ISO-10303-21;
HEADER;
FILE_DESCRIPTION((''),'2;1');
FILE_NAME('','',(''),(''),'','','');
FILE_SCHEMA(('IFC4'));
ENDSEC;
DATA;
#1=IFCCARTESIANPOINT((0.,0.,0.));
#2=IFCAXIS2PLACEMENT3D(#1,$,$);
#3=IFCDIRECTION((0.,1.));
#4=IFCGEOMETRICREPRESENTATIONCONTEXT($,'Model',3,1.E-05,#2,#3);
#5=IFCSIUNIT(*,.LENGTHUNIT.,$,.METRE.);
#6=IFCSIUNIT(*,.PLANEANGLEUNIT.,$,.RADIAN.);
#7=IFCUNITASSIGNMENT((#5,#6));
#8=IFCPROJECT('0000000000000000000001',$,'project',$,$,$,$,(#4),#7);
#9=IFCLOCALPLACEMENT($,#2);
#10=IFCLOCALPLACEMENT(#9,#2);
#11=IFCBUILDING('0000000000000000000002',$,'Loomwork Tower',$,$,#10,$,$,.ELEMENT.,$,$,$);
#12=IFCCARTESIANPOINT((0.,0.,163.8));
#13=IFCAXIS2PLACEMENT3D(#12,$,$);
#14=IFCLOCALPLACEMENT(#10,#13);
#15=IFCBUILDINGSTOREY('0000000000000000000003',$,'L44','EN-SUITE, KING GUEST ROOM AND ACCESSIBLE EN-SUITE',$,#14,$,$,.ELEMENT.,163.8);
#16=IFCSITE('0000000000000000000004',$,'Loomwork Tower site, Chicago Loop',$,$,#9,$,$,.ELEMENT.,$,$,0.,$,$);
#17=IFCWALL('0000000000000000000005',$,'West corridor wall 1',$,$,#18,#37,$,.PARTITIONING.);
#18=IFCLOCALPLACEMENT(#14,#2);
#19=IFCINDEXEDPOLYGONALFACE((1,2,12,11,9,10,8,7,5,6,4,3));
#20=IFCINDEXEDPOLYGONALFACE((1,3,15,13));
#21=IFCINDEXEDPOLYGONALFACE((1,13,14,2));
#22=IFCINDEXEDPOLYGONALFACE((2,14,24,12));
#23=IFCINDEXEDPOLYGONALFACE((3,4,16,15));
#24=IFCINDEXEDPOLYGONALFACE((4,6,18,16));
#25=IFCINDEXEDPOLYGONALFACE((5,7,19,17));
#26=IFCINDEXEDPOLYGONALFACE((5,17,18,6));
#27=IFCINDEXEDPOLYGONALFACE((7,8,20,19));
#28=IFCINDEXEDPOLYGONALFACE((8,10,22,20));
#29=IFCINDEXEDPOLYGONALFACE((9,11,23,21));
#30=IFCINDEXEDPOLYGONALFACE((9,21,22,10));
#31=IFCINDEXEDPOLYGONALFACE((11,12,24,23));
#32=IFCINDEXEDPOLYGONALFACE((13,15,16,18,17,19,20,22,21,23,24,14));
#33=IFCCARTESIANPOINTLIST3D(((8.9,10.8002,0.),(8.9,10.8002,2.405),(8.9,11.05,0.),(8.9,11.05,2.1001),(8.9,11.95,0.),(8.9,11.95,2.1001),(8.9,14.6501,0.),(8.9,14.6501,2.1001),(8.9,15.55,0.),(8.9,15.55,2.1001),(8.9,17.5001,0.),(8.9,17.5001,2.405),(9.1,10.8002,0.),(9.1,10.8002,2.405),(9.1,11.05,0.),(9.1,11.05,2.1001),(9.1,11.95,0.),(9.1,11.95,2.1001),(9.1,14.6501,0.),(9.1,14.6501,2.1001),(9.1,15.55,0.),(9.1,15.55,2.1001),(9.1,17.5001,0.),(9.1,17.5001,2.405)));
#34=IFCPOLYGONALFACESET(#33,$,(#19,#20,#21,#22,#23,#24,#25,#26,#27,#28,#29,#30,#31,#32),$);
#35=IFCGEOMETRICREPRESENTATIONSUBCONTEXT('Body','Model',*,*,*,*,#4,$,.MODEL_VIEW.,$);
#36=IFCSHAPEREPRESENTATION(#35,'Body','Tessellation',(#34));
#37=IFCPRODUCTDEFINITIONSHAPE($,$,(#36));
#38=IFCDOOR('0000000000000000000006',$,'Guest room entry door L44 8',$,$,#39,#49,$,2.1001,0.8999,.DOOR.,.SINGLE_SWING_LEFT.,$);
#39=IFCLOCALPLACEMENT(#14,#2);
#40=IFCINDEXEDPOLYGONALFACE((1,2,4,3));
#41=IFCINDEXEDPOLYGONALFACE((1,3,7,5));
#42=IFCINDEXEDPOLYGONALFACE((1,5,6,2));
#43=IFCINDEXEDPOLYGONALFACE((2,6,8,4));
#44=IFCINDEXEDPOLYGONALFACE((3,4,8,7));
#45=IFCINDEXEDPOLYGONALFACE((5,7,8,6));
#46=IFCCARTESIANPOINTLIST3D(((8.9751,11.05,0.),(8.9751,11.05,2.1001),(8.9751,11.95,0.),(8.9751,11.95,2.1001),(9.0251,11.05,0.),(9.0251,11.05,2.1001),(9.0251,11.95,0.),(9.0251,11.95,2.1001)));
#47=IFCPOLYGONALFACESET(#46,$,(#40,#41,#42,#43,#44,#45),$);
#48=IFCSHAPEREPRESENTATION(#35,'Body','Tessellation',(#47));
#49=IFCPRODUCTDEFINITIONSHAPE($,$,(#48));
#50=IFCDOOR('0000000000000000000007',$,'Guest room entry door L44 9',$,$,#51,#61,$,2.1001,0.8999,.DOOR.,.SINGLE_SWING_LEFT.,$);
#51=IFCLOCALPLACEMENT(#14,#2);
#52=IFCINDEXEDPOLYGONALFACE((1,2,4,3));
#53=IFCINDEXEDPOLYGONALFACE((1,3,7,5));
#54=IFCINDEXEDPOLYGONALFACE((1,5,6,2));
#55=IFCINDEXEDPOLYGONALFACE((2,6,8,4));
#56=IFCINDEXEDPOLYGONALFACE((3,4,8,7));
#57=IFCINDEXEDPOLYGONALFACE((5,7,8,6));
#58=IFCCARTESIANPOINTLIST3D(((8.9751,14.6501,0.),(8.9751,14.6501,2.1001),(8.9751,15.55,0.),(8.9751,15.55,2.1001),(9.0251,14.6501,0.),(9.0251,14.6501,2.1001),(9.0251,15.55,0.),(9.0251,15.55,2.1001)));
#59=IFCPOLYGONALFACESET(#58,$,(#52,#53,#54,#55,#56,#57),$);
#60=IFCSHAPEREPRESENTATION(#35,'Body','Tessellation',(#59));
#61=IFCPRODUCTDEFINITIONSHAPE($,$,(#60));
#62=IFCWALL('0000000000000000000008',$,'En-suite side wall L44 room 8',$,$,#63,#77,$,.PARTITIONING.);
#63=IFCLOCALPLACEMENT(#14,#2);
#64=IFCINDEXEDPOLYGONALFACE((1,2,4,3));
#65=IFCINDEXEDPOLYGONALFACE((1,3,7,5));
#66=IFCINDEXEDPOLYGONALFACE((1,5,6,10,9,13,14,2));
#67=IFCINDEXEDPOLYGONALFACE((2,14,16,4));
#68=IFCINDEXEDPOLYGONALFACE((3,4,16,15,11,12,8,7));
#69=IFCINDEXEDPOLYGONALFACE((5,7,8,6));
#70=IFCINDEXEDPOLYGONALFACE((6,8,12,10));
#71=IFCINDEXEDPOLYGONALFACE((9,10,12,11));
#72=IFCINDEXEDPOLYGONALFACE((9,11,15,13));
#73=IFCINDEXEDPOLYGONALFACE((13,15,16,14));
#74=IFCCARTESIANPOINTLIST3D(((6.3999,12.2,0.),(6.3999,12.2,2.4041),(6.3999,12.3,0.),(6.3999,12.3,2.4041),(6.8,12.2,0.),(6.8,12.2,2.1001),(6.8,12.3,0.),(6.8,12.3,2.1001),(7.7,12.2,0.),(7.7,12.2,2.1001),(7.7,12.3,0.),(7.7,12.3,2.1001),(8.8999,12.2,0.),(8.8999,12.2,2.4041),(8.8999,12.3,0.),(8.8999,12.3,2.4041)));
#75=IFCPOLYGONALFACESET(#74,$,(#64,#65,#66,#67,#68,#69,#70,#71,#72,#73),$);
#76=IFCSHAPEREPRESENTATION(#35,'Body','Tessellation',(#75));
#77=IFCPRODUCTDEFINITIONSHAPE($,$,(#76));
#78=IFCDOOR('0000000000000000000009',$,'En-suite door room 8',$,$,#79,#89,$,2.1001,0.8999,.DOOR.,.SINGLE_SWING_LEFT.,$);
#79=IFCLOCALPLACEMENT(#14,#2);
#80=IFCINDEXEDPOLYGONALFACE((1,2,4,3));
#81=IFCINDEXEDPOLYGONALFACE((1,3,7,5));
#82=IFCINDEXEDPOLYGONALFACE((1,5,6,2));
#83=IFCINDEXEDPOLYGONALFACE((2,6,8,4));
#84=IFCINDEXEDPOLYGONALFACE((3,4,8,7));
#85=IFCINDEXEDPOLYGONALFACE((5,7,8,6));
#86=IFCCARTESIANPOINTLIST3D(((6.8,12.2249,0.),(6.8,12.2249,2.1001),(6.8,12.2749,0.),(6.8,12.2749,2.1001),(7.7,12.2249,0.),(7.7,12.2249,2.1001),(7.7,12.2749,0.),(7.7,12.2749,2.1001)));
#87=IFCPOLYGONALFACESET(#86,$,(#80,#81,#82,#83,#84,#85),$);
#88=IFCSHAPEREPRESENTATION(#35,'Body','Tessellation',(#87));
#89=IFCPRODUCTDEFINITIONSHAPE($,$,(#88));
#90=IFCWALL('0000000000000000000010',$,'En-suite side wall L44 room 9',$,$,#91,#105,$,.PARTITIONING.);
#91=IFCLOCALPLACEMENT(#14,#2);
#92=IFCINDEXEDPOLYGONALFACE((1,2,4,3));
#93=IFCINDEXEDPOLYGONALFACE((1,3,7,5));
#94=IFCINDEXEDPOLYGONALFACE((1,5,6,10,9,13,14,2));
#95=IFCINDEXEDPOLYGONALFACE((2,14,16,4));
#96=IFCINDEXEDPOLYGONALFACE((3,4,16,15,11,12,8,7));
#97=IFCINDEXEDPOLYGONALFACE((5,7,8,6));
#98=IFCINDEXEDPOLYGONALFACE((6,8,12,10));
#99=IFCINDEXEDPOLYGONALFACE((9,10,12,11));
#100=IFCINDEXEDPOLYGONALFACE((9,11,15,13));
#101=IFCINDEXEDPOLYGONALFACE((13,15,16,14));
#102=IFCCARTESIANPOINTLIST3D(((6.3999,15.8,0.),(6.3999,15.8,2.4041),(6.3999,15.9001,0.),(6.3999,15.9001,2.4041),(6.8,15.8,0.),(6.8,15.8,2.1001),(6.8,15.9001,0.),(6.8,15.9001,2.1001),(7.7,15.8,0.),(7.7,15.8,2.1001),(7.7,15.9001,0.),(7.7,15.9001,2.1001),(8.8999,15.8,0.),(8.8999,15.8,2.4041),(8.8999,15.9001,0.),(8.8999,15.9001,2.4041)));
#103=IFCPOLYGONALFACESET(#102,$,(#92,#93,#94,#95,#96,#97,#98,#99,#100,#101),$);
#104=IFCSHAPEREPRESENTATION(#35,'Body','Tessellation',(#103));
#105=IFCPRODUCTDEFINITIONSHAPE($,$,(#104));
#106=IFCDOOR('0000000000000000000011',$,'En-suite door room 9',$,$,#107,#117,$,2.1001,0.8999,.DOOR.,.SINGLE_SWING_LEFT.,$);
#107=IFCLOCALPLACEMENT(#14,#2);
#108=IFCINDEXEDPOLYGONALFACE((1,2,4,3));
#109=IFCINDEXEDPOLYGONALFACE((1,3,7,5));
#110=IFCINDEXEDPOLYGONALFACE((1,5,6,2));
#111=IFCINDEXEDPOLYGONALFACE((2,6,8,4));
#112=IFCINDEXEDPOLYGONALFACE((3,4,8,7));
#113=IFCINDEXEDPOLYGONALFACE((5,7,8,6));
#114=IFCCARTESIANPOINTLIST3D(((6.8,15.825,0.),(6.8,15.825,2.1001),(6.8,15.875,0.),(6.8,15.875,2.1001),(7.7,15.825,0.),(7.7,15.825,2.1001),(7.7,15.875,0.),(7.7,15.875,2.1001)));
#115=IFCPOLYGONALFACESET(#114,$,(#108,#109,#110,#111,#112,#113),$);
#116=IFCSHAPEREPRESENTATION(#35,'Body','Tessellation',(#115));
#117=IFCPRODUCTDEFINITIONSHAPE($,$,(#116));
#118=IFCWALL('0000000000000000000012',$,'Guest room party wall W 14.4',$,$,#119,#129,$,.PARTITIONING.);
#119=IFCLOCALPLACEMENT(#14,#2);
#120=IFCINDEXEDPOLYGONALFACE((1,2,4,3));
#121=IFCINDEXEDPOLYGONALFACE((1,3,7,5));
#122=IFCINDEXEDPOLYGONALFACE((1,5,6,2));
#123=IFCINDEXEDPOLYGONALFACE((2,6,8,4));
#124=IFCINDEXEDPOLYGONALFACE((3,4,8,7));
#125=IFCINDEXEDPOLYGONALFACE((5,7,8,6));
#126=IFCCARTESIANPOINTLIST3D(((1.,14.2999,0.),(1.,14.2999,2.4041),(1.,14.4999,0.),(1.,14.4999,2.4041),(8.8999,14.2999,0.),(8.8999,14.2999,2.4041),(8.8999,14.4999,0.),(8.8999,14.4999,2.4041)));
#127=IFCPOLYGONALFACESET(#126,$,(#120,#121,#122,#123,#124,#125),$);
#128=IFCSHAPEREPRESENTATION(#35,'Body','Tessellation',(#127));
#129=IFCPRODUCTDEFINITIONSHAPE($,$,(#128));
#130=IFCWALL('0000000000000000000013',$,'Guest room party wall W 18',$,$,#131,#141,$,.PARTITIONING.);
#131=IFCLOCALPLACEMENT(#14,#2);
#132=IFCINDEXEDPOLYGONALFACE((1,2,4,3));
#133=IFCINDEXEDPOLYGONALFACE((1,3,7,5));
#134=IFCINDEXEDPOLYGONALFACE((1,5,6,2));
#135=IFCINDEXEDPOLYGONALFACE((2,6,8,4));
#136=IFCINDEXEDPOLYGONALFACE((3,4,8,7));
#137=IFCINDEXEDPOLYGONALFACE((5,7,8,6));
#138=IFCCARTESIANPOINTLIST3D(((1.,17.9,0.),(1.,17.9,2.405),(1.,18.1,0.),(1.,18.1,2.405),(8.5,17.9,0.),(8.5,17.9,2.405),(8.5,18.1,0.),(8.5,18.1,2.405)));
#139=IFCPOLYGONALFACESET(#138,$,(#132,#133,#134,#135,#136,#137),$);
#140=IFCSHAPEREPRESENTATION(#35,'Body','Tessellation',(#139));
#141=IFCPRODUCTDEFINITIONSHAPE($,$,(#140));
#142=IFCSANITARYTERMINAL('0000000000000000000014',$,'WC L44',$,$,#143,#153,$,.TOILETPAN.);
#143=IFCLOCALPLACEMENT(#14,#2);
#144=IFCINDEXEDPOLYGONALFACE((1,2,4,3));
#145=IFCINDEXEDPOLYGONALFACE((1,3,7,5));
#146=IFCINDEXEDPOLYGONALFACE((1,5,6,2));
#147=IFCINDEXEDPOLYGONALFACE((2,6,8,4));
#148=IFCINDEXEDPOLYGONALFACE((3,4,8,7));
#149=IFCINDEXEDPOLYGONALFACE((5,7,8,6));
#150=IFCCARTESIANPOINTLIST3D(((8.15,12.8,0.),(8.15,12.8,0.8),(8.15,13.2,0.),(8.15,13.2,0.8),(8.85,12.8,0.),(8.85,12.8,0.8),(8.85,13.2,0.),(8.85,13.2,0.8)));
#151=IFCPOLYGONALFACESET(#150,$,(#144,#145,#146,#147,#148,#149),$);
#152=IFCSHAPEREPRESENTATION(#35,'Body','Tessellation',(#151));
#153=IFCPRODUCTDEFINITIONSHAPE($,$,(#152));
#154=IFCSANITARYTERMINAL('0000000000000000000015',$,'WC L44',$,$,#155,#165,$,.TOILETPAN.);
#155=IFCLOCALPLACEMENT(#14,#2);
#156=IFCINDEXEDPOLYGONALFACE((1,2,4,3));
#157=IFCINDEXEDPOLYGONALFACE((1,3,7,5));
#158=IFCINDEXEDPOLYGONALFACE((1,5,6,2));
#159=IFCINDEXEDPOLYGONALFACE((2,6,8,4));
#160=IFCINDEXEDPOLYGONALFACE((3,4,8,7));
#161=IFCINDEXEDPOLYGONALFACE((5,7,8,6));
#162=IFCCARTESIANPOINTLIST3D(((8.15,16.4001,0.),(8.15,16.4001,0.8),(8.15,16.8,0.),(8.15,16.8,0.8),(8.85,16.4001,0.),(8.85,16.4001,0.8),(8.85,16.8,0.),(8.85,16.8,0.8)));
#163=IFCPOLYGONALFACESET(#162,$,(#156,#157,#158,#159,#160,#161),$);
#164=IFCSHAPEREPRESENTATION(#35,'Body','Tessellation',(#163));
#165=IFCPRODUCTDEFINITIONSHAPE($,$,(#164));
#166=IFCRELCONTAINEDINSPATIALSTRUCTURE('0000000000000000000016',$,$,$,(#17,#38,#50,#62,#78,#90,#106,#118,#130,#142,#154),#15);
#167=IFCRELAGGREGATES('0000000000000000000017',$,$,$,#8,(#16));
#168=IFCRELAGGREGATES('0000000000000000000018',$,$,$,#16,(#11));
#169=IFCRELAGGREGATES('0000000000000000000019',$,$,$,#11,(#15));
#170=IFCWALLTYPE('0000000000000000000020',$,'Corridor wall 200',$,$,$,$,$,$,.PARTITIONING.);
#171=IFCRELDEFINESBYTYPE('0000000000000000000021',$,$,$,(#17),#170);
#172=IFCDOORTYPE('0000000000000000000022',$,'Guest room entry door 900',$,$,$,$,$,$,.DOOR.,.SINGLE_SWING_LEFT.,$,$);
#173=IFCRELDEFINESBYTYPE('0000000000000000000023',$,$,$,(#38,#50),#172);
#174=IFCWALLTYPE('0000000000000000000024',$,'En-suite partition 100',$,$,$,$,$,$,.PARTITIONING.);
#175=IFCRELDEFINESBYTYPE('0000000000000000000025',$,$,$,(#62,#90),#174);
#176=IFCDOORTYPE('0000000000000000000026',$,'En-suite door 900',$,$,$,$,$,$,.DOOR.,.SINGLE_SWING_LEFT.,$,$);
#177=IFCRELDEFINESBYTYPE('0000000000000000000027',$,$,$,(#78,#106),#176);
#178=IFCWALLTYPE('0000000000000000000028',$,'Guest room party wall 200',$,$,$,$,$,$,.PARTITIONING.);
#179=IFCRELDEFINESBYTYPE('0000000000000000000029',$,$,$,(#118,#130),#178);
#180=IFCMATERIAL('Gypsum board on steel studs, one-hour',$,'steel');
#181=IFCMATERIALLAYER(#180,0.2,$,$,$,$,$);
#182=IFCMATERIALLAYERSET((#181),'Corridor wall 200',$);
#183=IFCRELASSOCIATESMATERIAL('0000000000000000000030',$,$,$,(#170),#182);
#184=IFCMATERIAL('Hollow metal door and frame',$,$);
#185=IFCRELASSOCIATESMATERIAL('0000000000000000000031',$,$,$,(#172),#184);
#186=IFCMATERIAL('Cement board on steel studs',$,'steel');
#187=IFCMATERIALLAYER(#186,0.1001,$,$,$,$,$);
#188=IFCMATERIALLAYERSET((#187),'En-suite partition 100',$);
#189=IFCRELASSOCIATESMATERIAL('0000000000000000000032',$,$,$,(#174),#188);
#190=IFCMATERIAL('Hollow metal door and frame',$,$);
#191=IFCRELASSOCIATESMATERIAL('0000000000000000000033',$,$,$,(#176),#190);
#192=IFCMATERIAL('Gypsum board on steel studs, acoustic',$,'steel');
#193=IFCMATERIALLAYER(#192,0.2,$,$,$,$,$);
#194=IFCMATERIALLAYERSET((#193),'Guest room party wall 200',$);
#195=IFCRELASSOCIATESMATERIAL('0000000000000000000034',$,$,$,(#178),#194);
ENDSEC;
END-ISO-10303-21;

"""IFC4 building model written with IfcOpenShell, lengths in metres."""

from ifc_helpers import new_model, si_unit, direction, frame, frame_2d, origin, origin_2d, place, context, subcontext, project, spatial, rectangle, extrude, material, layer, layer_set, type_object, element, fill, save


model = new_model("IFC4")

# Units and contexts
model_context = context("Model", 3, precision=1e-05, world=origin(), true_north=direction((0.0, 1.0)))
body_context = subcontext(model_context, "Body", "Model", "MODEL_VIEW")
ifc_project = project(units=[si_unit("LENGTHUNIT", "METRE"), si_unit("PLANEANGLEUNIT", "RADIAN")], contexts=[model_context])

# Site, building, storey
site_placement = place(None, origin())
site = spatial("IfcSite", under=ifc_project, at=site_placement, Name="Loomwork Tower site, Chicago Loop", CompositionType="ELEMENT", RefElevation=0.0)
building_placement = place(site_placement, origin())
building = spatial("IfcBuilding", under=site, at=building_placement, Name="Loomwork Tower", CompositionType="ELEMENT")
storey_placement = place(building_placement, frame((0.0, 0.0, 163.8)))
storey = spatial("IfcBuildingStorey", under=building, at=storey_placement, Name="L44", Description="EN-SUITE, KING GUEST ROOM AND ACCESSIBLE EN-SUITE", CompositionType="ELEMENT", Elevation=163.8)

# Wall, openings, doors
ifc_material_1 = material(Name="Gypsum board on steel studs, one-hour", Category="steel")
ifc_layer_1 = layer(ifc_material_1, 0.2)
ifc_layer_set_1 = layer_set([ifc_layer_1], Name="Corridor wall 200")
wall_type_1 = type_object("IfcWallType", Name="Corridor wall 200", PredefinedType="PARTITIONING", material=ifc_layer_set_1)
wall_1_placement = place(storey_placement, frame((9.0, 10.8, 0.0), z_axis=(0.0, 0.0, 1.0), x_axis=(0.0, 1.0, 0.0)))
wall_1 = element("IfcWall", 1, at=wall_1_placement, inside=storey, type_object=wall_type_1, Name="West corridor wall 1", PredefinedType="PARTITIONING", context=body_context, shape_type="SweptSolid", body=[
    extrude(rectangle(XDim=6.7, YDim=0.2, at=frame_2d((3.3501, 0.0))), origin(), (0.0, 0.0, 1.0), 2.405),
])
opening_1_placement = place(wall_1_placement, frame((0.25, 0.0, 0.0)))
opening_1 = element("IfcOpeningElement", 2, at=opening_1_placement, cuts=wall_1, PredefinedType="OPENING", context=body_context, shape_type="SweptSolid", body=[
    extrude(rectangle(XDim=0.8999, YDim=2.1001, at=frame_2d((0.45, 1.05))), frame((0.0, 0.1099, 0.0), z_axis=(0.0, -1.0, 0.0), x_axis=(1.0, 0.0, 0.0)), (0.0, 0.0, 1.0), 0.22),
])
opening_2_placement = place(wall_1_placement, frame((3.8501, 0.0, 0.0)))
opening_2 = element("IfcOpeningElement", 3, at=opening_2_placement, cuts=wall_1, PredefinedType="OPENING", context=body_context, shape_type="SweptSolid", body=[
    extrude(rectangle(XDim=0.8999, YDim=2.1001, at=frame_2d((0.45, 1.05))), frame((0.0, 0.1099, 0.0), z_axis=(0.0, -1.0, 0.0), x_axis=(1.0, 0.0, 0.0)), (0.0, 0.0, 1.0), 0.22),
])
ifc_material_2 = material(Name="Hollow metal door and frame")
door_type_1 = type_object("IfcDoorType", Name="Guest room entry door 900", OperationType="SINGLE_SWING_LEFT", PredefinedType="DOOR", material=ifc_material_2)
door_1_placement = place(opening_1_placement, origin())
door_1 = element("IfcDoor", 4, at=door_1_placement, inside=storey, type_object=door_type_1, Name="Guest room entry door L44 8", OperationType="SINGLE_SWING_LEFT", OverallHeight=2.1001, OverallWidth=0.8999, PredefinedType="DOOR", context=body_context, shape_type="SweptSolid", body=[
    extrude(rectangle(XDim=0.8999, YDim=2.1001, at=frame_2d((0.45, 1.05))), frame((0.0, 0.0249, 0.0), z_axis=(0.0, -1.0, 0.0), x_axis=(1.0, 0.0, 0.0)), (0.0, 0.0, 1.0), 0.05),
])
fill(opening_1, door_1)
door_2_placement = place(opening_2_placement, origin())
door_2 = element("IfcDoor", 5, at=door_2_placement, inside=storey, type_object=door_type_1, Name="Guest room entry door L44 9", OperationType="SINGLE_SWING_LEFT", OverallHeight=2.1001, OverallWidth=0.8999, PredefinedType="DOOR", context=body_context, shape_type="SweptSolid", body=[
    extrude(rectangle(XDim=0.8999, YDim=2.1001, at=frame_2d((0.45, 1.05))), frame((0.0, 0.0249, 0.0), z_axis=(0.0, -1.0, 0.0), x_axis=(1.0, 0.0, 0.0)), (0.0, 0.0, 1.0), 0.05),
])
fill(opening_2, door_2)

# Walls, openings, doors
ifc_material_3 = material(Name="Cement board on steel studs", Category="steel")
ifc_layer_2 = layer(ifc_material_3, 0.1001)
ifc_layer_set_2 = layer_set([ifc_layer_2], Name="En-suite partition 100")
wall_type_2 = type_object("IfcWallType", Name="En-suite partition 100", PredefinedType="PARTITIONING", material=ifc_layer_set_2)
wall_2_placement = place(storey_placement, frame((8.8999, 12.25, 0.0), z_axis=(0.0, 0.0, 1.0), x_axis=(-1.0, 0.0, 0.0)))
wall_2 = element("IfcWall", 6, at=wall_2_placement, inside=storey, type_object=wall_type_2, Name="En-suite side wall L44 room 8", PredefinedType="PARTITIONING", context=body_context, shape_type="SweptSolid", body=[
    extrude(rectangle(XDim=2.5, YDim=0.1001, at=frame_2d((1.25, 0.0))), origin(), (0.0, 0.0, 1.0), 2.4041),
])
opening_3_placement = place(wall_2_placement, frame((1.2, 0.0, 0.0)))
opening_3 = element("IfcOpeningElement", 7, at=opening_3_placement, cuts=wall_2, PredefinedType="OPENING", context=body_context, shape_type="SweptSolid", body=[
    extrude(rectangle(XDim=0.8999, YDim=2.1001, at=frame_2d((0.45, 1.05))), frame((0.0, 0.0601, 0.0), z_axis=(0.0, -1.0, 0.0), x_axis=(1.0, 0.0, 0.0)), (0.0, 0.0, 1.0), 0.1201),
])
ifc_material_4 = material(Name="Hollow metal door and frame")
door_type_2 = type_object("IfcDoorType", Name="En-suite door 900", OperationType="SINGLE_SWING_LEFT", PredefinedType="DOOR", material=ifc_material_4)
door_3_placement = place(opening_3_placement, frame((0.8999, 0.0, 0.0), z_axis=(0.0, 0.0, 1.0), x_axis=(-1.0, 0.0, 0.0)))
door_3 = element("IfcDoor", 8, at=door_3_placement, inside=storey, type_object=door_type_2, Name="En-suite door room 8", OperationType="SINGLE_SWING_LEFT", OverallHeight=2.1001, OverallWidth=0.8999, PredefinedType="DOOR", context=body_context, shape_type="SweptSolid", body=[
    extrude(rectangle(XDim=0.8999, YDim=2.1001, at=frame_2d((0.45, 1.05))), frame((0.0, 0.0249, 0.0), z_axis=(0.0, -1.0, 0.0), x_axis=(1.0, 0.0, 0.0)), (0.0, 0.0, 1.0), 0.05),
])
fill(opening_3, door_3)
wall_3_placement = place(storey_placement, frame((8.8999, 15.8501, 0.0), z_axis=(0.0, 0.0, 1.0), x_axis=(-1.0, 0.0, 0.0)))
wall_3 = element("IfcWall", 9, at=wall_3_placement, inside=storey, type_object=wall_type_2, Name="En-suite side wall L44 room 9", PredefinedType="PARTITIONING", context=body_context, shape_type="SweptSolid", body=[
    extrude(rectangle(XDim=2.5, YDim=0.1001, at=frame_2d((1.25, 0.0))), origin(), (0.0, 0.0, 1.0), 2.4041),
])
opening_4_placement = place(wall_3_placement, frame((1.2, 0.0, 0.0)))
opening_4 = element("IfcOpeningElement", 10, at=opening_4_placement, cuts=wall_3, PredefinedType="OPENING", context=body_context, shape_type="SweptSolid", body=[
    extrude(rectangle(XDim=0.8999, YDim=2.1001, at=frame_2d((0.45, 1.05))), frame((0.0, 0.0601, 0.0), z_axis=(0.0, -1.0, 0.0), x_axis=(1.0, 0.0, 0.0)), (0.0, 0.0, 1.0), 0.1201),
])
door_4_placement = place(opening_4_placement, frame((0.8999, 0.0, 0.0), z_axis=(0.0, 0.0, 1.0), x_axis=(-1.0, 0.0, 0.0)))
door_4 = element("IfcDoor", 11, at=door_4_placement, inside=storey, type_object=door_type_2, Name="En-suite door room 9", OperationType="SINGLE_SWING_LEFT", OverallHeight=2.1001, OverallWidth=0.8999, PredefinedType="DOOR", context=body_context, shape_type="SweptSolid", body=[
    extrude(rectangle(XDim=0.8999, YDim=2.1001, at=frame_2d((0.45, 1.05))), frame((0.0, 0.0249, 0.0), z_axis=(0.0, -1.0, 0.0), x_axis=(1.0, 0.0, 0.0)), (0.0, 0.0, 1.0), 0.05),
])
fill(opening_4, door_4)

# Walls
ifc_material_5 = material(Name="Gypsum board on steel studs, acoustic", Category="steel")
ifc_layer_3 = layer(ifc_material_5, 0.2)
ifc_layer_set_3 = layer_set([ifc_layer_3], Name="Guest room party wall 200")
wall_type_3 = type_object("IfcWallType", Name="Guest room party wall 200", PredefinedType="PARTITIONING", material=ifc_layer_set_3)
wall_4_placement = place(storey_placement, frame((8.8999, 14.3999, 0.0), z_axis=(0.0, 0.0, 1.0), x_axis=(-1.0, 0.0, 0.0)))
element("IfcWall", 12, at=wall_4_placement, inside=storey, type_object=wall_type_3, Name="Guest room party wall W 14.4", PredefinedType="PARTITIONING", context=body_context, shape_type="SweptSolid", body=[
    extrude(rectangle(XDim=7.8999, YDim=0.2, at=frame_2d((3.95, 0.0))), origin(), (0.0, 0.0, 1.0), 2.4041),
])
wall_5_placement = place(storey_placement, frame((8.5, 18.0, 0.0), z_axis=(0.0, 0.0, 1.0), x_axis=(-1.0, 0.0, 0.0)))
element("IfcWall", 13, at=wall_5_placement, inside=storey, type_object=wall_type_3, Name="Guest room party wall W 18", PredefinedType="PARTITIONING", context=body_context, shape_type="SweptSolid", body=[
    extrude(rectangle(XDim=7.5, YDim=0.2, at=frame_2d((3.75, 0.0))), origin(), (0.0, 0.0, 1.0), 2.405),
])

# Sanitary terminals
for number, where, z_axis, x_axis, name in (
    (14, (8.5, 13.0, 0.0), (0.0, 0.0, 1.0), (1.0, 0.0, 0.0), "WC L44"),
    (15, (8.5, 16.6001, 0.0), (0.0, 0.0, 1.0), (1.0, 0.0, 0.0), "WC L44"),
):
    element("IfcSanitaryTerminal", number, at=place(storey_placement, frame(where, z_axis=z_axis, x_axis=x_axis)), inside=storey, Name=name, PredefinedType="TOILETPAN", context=body_context, shape_type="SweptSolid", body=[
        extrude(rectangle(XDim=0.7, YDim=0.3999, at=origin_2d()), origin(), (0.0, 0.0, 1.0), 0.8),
    ])

save(model, "model.ifc")
